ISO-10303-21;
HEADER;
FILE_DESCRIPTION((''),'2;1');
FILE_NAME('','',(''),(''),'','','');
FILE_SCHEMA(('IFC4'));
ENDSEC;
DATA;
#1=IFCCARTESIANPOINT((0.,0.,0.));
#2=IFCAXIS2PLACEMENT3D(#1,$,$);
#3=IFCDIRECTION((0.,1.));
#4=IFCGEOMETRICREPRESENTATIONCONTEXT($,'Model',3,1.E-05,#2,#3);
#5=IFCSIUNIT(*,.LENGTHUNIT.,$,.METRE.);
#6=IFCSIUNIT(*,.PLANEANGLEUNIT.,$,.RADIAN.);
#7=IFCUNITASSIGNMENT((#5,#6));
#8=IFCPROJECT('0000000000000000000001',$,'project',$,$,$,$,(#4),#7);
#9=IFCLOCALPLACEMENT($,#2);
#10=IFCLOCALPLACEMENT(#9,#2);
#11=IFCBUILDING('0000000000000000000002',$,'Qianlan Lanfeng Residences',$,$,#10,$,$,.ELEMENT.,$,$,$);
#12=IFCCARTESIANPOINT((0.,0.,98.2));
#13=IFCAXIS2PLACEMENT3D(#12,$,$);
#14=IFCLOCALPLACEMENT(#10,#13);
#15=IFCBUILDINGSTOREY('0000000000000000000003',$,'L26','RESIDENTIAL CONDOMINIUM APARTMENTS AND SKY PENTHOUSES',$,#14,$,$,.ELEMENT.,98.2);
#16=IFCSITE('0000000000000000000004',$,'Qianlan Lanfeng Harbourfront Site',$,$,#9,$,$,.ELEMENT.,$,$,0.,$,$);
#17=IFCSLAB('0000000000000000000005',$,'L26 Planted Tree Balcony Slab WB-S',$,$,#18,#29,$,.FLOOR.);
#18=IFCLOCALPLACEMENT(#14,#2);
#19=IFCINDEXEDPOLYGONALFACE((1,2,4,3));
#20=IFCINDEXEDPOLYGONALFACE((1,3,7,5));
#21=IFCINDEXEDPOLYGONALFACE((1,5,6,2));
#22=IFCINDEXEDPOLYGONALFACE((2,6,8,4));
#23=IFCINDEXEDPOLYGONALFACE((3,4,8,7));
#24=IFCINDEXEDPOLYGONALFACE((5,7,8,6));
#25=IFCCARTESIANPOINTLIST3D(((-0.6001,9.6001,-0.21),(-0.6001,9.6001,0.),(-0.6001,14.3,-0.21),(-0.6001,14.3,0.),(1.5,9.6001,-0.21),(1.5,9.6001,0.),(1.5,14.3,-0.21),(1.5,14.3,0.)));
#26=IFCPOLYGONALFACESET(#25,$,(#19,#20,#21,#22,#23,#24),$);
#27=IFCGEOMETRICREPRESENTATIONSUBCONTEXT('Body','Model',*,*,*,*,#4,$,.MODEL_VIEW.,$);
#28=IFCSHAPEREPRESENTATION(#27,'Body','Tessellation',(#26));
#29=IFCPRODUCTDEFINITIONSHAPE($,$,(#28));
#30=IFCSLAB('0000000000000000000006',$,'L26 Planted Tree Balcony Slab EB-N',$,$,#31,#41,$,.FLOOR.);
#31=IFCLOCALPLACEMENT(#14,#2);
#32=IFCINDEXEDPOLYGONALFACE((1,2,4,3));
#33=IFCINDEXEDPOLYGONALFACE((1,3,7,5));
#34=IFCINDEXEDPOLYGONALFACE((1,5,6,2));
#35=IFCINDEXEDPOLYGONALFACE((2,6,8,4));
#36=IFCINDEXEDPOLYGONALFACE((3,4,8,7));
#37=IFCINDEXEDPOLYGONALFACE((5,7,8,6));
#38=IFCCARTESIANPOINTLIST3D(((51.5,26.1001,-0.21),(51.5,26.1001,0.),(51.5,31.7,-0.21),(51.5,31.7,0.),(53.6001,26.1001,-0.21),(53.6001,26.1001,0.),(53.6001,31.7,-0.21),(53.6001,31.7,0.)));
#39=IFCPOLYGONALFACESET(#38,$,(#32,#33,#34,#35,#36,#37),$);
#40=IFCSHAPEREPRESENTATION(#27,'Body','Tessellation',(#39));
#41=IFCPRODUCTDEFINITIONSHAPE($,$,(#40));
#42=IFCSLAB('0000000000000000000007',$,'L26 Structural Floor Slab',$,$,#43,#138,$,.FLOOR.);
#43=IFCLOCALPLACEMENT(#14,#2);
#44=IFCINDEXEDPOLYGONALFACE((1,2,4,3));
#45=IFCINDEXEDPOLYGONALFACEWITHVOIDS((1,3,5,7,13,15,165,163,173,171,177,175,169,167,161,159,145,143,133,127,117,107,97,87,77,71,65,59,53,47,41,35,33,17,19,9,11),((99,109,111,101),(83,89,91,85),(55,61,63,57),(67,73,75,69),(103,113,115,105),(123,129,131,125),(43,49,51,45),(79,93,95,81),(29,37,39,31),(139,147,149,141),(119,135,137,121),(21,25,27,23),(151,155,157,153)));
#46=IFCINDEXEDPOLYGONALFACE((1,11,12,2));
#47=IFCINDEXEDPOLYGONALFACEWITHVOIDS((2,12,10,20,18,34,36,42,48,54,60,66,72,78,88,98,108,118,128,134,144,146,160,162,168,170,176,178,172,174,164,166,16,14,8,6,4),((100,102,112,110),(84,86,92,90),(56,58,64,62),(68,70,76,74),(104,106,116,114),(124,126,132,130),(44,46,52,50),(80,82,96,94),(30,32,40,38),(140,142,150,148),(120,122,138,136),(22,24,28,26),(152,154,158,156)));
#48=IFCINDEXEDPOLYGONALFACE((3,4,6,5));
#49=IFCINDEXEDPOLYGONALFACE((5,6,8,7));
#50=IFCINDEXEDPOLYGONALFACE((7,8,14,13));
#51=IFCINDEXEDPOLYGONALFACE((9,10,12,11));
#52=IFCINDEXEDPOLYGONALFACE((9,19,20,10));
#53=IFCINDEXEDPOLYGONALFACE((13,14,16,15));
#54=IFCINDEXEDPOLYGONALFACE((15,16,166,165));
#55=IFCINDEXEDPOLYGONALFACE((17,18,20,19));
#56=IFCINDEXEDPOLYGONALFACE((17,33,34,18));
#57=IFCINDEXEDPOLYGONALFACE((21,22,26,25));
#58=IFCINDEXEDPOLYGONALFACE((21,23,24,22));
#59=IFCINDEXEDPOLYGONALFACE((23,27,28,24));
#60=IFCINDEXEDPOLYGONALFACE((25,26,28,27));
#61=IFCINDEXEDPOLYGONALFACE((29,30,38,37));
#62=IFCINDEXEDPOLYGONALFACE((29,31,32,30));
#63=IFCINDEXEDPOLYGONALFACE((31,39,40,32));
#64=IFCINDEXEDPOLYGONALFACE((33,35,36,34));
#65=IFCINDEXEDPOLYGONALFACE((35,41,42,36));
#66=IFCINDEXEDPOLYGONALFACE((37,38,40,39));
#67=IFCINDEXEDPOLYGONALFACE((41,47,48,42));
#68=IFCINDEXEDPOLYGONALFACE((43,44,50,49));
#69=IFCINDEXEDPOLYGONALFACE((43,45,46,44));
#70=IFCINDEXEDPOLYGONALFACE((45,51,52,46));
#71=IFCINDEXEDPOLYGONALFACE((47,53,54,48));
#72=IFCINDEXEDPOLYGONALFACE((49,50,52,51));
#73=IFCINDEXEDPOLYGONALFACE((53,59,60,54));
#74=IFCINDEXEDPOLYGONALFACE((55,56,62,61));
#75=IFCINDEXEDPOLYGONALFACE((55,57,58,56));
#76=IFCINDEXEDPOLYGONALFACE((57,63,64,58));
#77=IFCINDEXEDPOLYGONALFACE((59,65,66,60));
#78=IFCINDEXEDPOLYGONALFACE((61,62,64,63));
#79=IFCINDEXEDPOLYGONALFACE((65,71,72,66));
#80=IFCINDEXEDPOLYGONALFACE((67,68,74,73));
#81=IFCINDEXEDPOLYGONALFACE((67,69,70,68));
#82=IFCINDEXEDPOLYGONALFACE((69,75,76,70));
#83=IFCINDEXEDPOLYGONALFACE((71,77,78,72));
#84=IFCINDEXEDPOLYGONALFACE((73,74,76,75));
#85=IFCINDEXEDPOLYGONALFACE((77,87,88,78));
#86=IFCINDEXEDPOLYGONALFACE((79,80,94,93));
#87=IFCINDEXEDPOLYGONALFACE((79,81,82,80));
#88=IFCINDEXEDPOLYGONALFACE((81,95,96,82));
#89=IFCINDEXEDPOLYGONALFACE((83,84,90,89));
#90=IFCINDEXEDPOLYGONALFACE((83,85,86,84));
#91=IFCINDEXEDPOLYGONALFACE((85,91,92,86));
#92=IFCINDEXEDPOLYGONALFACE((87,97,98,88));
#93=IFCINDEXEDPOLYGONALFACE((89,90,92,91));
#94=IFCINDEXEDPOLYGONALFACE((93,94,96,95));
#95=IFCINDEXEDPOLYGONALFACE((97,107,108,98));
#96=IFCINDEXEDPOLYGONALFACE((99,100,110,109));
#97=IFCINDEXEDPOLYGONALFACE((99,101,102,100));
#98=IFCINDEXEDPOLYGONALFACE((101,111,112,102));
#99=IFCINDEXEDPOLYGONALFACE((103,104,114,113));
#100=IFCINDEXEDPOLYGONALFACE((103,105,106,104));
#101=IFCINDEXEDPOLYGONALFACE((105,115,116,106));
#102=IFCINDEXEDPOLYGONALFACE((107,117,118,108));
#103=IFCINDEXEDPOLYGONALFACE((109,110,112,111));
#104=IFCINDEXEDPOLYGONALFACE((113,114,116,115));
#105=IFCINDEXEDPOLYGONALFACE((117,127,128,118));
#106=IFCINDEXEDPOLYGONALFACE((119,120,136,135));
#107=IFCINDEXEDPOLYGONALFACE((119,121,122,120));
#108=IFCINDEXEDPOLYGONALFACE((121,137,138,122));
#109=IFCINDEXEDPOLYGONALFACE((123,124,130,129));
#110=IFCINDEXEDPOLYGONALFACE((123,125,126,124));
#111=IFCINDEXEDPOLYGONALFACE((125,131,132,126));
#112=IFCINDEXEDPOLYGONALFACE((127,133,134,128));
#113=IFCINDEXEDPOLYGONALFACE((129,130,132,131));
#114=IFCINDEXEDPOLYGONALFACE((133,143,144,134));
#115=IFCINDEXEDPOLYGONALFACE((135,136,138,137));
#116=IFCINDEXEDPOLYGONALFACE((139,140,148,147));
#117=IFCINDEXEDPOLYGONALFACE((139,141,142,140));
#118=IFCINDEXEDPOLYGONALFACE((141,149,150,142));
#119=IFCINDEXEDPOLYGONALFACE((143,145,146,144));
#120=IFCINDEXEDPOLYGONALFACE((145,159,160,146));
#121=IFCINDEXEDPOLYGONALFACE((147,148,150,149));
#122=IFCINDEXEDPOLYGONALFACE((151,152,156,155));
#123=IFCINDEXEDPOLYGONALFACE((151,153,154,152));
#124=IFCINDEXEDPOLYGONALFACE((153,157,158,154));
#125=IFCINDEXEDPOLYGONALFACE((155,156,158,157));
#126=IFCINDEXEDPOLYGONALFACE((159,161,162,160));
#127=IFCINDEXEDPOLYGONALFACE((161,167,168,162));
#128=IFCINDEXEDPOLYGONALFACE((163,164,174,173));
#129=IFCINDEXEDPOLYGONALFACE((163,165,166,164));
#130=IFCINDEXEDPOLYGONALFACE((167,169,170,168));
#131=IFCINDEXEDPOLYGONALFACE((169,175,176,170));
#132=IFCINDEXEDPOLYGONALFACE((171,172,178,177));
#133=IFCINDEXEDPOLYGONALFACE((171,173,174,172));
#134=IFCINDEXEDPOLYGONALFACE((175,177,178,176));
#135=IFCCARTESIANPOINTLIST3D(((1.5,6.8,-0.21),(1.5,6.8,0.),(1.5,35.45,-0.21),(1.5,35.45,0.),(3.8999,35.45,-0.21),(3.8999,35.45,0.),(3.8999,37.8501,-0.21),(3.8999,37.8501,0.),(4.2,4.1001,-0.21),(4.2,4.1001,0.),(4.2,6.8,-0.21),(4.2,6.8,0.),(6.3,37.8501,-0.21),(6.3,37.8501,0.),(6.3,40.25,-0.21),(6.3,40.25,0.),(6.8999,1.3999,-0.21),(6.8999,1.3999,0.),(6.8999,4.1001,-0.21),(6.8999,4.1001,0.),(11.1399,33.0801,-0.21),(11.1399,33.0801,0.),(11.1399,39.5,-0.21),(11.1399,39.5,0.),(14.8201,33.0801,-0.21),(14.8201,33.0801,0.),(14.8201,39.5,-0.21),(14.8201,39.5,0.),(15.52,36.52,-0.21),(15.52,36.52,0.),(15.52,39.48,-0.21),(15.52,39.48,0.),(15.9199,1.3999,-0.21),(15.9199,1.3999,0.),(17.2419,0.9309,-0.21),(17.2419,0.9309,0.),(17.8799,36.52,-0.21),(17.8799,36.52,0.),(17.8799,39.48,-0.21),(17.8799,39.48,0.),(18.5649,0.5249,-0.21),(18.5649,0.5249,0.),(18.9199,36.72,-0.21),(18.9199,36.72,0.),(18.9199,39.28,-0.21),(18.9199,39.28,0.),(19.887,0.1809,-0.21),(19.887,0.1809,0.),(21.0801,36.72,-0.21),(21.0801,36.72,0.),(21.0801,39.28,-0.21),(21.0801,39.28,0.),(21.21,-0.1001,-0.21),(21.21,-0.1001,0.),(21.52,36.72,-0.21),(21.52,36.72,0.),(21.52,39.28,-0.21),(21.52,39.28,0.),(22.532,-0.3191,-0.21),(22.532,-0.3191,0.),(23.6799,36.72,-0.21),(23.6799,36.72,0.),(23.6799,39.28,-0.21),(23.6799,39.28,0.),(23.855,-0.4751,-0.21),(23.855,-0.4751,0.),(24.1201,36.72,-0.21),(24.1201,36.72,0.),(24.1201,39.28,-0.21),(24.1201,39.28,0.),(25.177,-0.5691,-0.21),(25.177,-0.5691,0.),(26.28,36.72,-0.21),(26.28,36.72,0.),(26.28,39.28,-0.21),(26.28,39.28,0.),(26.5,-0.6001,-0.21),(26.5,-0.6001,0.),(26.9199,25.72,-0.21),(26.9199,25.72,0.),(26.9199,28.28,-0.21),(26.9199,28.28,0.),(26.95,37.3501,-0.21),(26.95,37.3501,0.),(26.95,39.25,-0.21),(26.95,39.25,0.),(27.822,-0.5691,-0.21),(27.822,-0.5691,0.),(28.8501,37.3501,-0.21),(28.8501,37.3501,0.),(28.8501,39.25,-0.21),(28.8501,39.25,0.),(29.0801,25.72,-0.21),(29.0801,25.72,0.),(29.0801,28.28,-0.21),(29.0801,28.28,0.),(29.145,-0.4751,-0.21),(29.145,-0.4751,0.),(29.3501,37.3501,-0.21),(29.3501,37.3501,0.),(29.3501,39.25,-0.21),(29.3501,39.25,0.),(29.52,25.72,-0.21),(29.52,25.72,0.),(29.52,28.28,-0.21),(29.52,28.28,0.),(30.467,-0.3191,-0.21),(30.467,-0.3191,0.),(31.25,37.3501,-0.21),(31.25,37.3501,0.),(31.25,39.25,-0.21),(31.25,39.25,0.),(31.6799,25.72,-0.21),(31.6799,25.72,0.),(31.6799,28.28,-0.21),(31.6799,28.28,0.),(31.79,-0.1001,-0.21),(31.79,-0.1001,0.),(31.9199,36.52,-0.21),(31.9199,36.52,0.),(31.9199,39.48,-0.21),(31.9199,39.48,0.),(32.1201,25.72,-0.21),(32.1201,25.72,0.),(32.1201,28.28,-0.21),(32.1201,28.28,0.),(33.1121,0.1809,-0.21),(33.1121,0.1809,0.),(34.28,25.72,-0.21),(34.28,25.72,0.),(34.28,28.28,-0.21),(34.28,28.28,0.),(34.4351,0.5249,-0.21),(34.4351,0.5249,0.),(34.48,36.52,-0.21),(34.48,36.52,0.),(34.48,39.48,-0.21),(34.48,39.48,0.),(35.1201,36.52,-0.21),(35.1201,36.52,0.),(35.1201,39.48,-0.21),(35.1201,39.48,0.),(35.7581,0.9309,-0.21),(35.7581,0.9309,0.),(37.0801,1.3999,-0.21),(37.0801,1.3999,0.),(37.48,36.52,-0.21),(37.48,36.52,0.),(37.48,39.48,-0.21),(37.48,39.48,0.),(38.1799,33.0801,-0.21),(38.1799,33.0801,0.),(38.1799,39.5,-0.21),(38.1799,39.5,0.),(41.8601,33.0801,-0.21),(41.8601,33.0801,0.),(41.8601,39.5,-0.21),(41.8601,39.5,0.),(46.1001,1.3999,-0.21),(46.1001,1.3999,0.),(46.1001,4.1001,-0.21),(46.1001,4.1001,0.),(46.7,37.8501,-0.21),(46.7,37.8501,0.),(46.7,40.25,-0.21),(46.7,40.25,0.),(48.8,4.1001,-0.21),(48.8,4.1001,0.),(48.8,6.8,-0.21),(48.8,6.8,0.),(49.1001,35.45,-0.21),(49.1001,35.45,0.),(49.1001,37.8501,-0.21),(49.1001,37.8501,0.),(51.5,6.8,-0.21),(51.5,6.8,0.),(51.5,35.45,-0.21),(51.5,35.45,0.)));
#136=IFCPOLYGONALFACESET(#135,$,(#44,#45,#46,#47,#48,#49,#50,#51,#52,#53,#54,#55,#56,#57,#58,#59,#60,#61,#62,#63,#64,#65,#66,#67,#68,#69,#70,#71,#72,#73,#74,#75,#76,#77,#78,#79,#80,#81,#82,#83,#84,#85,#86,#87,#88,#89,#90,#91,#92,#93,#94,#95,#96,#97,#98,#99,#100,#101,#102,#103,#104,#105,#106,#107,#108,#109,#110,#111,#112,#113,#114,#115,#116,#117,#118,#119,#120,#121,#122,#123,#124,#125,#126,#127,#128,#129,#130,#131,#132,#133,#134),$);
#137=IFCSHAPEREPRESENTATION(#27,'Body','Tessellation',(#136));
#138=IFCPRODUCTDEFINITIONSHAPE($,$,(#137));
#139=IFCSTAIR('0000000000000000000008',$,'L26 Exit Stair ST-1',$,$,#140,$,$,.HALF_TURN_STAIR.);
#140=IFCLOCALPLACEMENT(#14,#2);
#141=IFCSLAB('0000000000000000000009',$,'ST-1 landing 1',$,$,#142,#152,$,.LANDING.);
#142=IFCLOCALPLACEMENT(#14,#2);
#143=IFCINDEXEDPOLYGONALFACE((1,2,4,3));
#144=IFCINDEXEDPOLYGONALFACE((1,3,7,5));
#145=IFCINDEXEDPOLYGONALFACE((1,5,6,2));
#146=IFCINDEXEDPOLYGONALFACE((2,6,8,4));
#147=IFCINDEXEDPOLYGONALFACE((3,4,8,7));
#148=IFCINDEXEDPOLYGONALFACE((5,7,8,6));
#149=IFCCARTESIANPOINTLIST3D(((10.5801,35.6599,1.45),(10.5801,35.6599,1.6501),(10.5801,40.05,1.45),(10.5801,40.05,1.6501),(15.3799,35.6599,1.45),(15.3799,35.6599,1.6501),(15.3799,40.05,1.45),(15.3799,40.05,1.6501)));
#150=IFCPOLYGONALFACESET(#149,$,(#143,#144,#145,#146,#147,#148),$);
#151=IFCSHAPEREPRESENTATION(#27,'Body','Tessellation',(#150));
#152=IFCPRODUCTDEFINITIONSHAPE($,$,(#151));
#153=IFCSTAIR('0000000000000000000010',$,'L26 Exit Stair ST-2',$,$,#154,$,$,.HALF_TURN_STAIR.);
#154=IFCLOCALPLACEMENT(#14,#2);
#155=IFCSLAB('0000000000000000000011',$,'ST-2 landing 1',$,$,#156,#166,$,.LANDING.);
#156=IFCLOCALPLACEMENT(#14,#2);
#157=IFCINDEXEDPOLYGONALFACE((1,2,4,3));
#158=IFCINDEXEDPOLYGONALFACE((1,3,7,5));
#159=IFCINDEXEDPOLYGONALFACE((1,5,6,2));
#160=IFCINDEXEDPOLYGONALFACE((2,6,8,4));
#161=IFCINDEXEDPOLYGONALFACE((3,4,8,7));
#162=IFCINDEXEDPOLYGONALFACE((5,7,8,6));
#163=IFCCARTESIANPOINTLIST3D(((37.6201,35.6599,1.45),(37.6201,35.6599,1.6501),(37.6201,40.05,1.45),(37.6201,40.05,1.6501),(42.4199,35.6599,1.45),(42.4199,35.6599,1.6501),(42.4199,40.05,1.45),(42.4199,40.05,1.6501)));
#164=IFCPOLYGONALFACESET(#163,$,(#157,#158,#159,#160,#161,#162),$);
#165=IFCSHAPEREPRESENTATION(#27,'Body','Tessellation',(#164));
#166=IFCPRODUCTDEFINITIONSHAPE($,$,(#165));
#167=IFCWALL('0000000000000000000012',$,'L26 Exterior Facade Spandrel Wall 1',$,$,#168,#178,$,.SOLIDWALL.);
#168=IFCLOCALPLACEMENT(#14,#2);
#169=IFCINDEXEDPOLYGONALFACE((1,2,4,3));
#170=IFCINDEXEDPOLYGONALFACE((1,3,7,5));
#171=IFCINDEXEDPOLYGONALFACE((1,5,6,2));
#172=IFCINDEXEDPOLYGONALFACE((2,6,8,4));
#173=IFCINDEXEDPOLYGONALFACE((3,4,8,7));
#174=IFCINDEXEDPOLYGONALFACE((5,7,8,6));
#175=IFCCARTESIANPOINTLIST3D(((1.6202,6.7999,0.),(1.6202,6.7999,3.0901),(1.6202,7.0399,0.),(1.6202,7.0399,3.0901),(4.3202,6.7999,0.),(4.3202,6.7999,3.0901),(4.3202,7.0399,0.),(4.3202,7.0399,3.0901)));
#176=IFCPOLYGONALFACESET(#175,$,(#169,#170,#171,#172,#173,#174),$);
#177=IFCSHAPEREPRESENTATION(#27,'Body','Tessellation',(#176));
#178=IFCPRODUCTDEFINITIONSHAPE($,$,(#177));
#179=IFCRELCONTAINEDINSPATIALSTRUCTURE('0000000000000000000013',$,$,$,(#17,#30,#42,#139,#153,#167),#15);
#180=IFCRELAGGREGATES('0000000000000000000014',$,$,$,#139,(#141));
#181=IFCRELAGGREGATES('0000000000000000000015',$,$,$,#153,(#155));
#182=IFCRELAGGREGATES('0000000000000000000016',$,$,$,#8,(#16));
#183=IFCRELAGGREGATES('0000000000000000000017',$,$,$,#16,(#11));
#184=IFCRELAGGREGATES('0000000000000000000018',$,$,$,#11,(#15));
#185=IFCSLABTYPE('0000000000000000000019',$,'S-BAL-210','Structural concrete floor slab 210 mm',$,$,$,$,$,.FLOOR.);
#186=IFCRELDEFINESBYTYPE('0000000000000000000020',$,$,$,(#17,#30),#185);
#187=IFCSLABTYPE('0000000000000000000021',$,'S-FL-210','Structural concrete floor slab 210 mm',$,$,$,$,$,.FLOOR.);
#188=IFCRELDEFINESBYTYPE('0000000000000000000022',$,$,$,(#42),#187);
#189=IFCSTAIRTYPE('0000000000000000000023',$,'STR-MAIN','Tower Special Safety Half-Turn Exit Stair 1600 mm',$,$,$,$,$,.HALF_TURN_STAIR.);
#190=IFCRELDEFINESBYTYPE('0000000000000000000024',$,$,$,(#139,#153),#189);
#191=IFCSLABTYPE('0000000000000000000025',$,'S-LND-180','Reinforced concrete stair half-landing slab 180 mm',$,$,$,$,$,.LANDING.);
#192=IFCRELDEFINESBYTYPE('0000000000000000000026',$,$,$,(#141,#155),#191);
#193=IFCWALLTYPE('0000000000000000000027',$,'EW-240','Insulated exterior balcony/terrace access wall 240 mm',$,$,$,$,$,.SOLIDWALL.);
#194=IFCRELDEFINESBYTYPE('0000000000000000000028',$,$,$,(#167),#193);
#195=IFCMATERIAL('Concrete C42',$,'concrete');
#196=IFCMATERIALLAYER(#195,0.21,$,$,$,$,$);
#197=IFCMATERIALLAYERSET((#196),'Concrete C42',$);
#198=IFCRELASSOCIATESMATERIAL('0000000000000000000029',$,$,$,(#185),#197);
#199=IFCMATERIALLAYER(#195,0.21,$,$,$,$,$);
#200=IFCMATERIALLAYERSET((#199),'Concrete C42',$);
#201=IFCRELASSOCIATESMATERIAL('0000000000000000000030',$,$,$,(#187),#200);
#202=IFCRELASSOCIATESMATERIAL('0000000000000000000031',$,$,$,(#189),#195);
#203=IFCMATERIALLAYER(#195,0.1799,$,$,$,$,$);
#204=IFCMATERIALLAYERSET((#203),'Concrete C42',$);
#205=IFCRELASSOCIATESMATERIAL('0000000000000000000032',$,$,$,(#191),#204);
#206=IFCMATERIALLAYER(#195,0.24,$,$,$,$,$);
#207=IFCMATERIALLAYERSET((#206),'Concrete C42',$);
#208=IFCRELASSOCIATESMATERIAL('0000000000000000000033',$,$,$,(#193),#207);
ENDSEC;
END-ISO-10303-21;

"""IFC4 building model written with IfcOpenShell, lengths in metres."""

from ifc_helpers import new_model, si_unit, direction, frame, frame_2d, origin, place, context, subcontext, project, spatial, polyline, rectangle, outline, extrude, material, layer, layer_set, type_object, element, aggregate, save


model = new_model("IFC4")

# Units and contexts
model_context = context("Model", 3, precision=1e-05, world=origin(), true_north=direction((0.0, 1.0)))
body_context = subcontext(model_context, "Body", "Model", "MODEL_VIEW")
ifc_project = project(units=[si_unit("LENGTHUNIT", "METRE"), si_unit("PLANEANGLEUNIT", "RADIAN")], contexts=[model_context])

# Site, building, storey
site_placement = place(None, origin())
site = spatial("IfcSite", under=ifc_project, at=site_placement, Name="Qianlan Lanfeng Harbourfront Site", CompositionType="ELEMENT", RefElevation=0.0)
building_placement = place(site_placement, origin())
building = spatial("IfcBuilding", under=site, at=building_placement, Name="Qianlan Lanfeng Residences", CompositionType="ELEMENT")
storey_placement = place(building_placement, frame((0.0, 0.0, 98.2)))
storey = spatial("IfcBuildingStorey", under=building, at=storey_placement, Name="L26", Description="RESIDENTIAL CONDOMINIUM APARTMENTS AND SKY PENTHOUSES", CompositionType="ELEMENT", Elevation=98.2)

# Slabs
ifc_material_1 = material(Name="Concrete C42", Category="concrete")
ifc_layer_1 = layer(ifc_material_1, 0.21)
ifc_layer_set_1 = layer_set([ifc_layer_1], Name="Concrete C42")
slab_type_1 = type_object("IfcSlabType", Name="S-BAL-210", Description="Structural concrete floor slab 210 mm", PredefinedType="FLOOR", material=ifc_layer_set_1)
slab_1_placement = place(storey_placement, frame((0.0, 0.0, -0.21)))
element("IfcSlab", 1, at=slab_1_placement, inside=storey, type_object=slab_type_1, Name="L26 Planted Tree Balcony Slab WB-S", PredefinedType="FLOOR", context=body_context, shape_type="SweptSolid", body=[
    extrude(outline(polyline([(1.5, 9.6001), (1.5, 14.3), (-0.6001, 14.3), (-0.6001, 9.6001), (1.5, 9.6001)])), origin(), (0.0, 0.0, 1.0), 0.21),
])
slab_2_placement = place(storey_placement, frame((0.0, 0.0, -0.21)))
element("IfcSlab", 2, at=slab_2_placement, inside=storey, type_object=slab_type_1, Name="L26 Planted Tree Balcony Slab EB-N", PredefinedType="FLOOR", context=body_context, shape_type="SweptSolid", body=[
    extrude(outline(polyline([(51.5, 31.7), (51.5, 26.1001), (53.6001, 26.1001), (53.6001, 31.7), (51.5, 31.7)])), origin(), (0.0, 0.0, 1.0), 0.21),
])
ifc_layer_2 = layer(ifc_material_1, 0.21)
ifc_layer_set_2 = layer_set([ifc_layer_2], Name="Concrete C42")
slab_type_2 = type_object("IfcSlabType", Name="S-FL-210", Description="Structural concrete floor slab 210 mm", PredefinedType="FLOOR", material=ifc_layer_set_2)
slab_3_placement = place(storey_placement, frame((0.0, 0.0, -0.21)))
element("IfcSlab", 3, at=slab_3_placement, inside=storey, type_object=slab_type_2, Name="L26 Structural Floor Slab", PredefinedType="FLOOR", context=body_context, shape_type="SweptSolid", body=[
    extrude(outline(polyline([(1.5, 6.8), (4.2, 6.8), (4.2, 4.1001), (6.8999, 4.1001), (6.8999, 1.3999), (15.9199, 1.3999), (17.2419, 0.9309), (18.5649, 0.5249), (19.887, 0.1809), (21.21, -0.1001), (22.532, -0.3191), (23.855, -0.4751), (25.177, -0.5691), (26.5, -0.6001), (27.822, -0.5691), (29.145, -0.4751), (30.467, -0.3191), (31.79, -0.1001), (33.1121, 0.1809), (34.4351, 0.5249), (35.7581, 0.9309), (37.0801, 1.3999), (46.1001, 1.3999), (46.1001, 4.1001), (48.8, 4.1001), (48.8, 6.8), (51.5, 6.8), (51.5, 35.45), (49.1001, 35.45), (49.1001, 37.8501), (46.7, 37.8501), (46.7, 40.25), (6.3, 40.25), (6.3, 37.8501), (3.8999, 37.8501), (3.8999, 35.45), (1.5, 35.45), (1.5, 6.8)]), holes=[polyline([(11.1399, 33.0801), (11.1399, 39.5), (14.8201, 39.5), (14.8201, 33.0801), (11.1399, 33.0801)]), polyline([(38.1799, 33.0801), (38.1799, 39.5), (41.8601, 39.5), (41.8601, 33.0801), (38.1799, 33.0801)]), polyline([(15.52, 36.52), (15.52, 39.48), (17.8799, 39.48), (17.8799, 36.52), (15.52, 36.52)]), polyline([(35.1201, 36.52), (35.1201, 39.48), (37.48, 39.48), (37.48, 36.52), (35.1201, 36.52)]), polyline([(31.9199, 36.52), (31.9199, 39.48), (34.48, 39.48), (34.48, 36.52), (31.9199, 36.52)]), polyline([(26.9199, 25.72), (26.9199, 28.28), (29.0801, 28.28), (29.0801, 25.72), (26.9199, 25.72)]), polyline([(29.52, 25.72), (29.52, 28.28), (31.6799, 28.28), (31.6799, 25.72), (29.52, 25.72)]), polyline([(32.1201, 25.72), (32.1201, 28.28), (34.28, 28.28), (34.28, 25.72), (32.1201, 25.72)]), polyline([(18.9199, 36.72), (18.9199, 39.28), (21.0801, 39.28), (21.0801, 36.72), (18.9199, 36.72)]), polyline([(21.52, 36.72), (21.52, 39.28), (23.6799, 39.28), (23.6799, 36.72), (21.52, 36.72)]), polyline([(24.1201, 36.72), (24.1201, 39.28), (26.28, 39.28), (26.28, 36.72), (24.1201, 36.72)]), polyline([(26.95, 37.3501), (26.95, 39.25), (28.8501, 39.25), (28.8501, 37.3501), (26.95, 37.3501)]), polyline([(29.3501, 37.3501), (29.3501, 39.25), (31.25, 39.25), (31.25, 37.3501), (29.3501, 37.3501)])]), origin(), (0.0, 0.0, 1.0), 0.21),
])

# Stairs, slabs
stair_type = type_object("IfcStairType", Name="STR-MAIN", Description="Tower Special Safety Half-Turn Exit Stair 1600 mm", PredefinedType="HALF_TURN_STAIR", material=ifc_material_1)
stair_1_placement = place(storey_placement, origin())
stair_1 = element("IfcStair", 4, at=stair_1_placement, inside=storey, type_object=stair_type, Name="L26 Exit Stair ST-1", PredefinedType="HALF_TURN_STAIR")
ifc_layer_3 = layer(ifc_material_1, 0.1799)
ifc_layer_set_3 = layer_set([ifc_layer_3], Name="Concrete C42")
slab_type_3 = type_object("IfcSlabType", Name="S-LND-180", Description="Reinforced concrete stair half-landing slab 180 mm", PredefinedType="LANDING", material=ifc_layer_set_3)
slab_4_placement = place(storey_placement, frame((0.0, 0.0, 1.45)))
slab_4 = element("IfcSlab", 5, at=slab_4_placement, type_object=slab_type_3, Name="ST-1 landing 1", PredefinedType="LANDING", context=body_context, shape_type="SweptSolid", body=[
    extrude(outline(polyline([(10.5801, 35.6599), (15.3799, 35.6599), (15.3799, 40.05), (10.5801, 40.05), (10.5801, 35.6599)])), origin(), (0.0, 0.0, 1.0), 0.2002),
])
aggregate(stair_1, [slab_4])
stair_2_placement = place(storey_placement, origin())
stair_2 = element("IfcStair", 6, at=stair_2_placement, inside=storey, type_object=stair_type, Name="L26 Exit Stair ST-2", PredefinedType="HALF_TURN_STAIR")
slab_5_placement = place(storey_placement, frame((0.0, 0.0, 1.45)))
slab_5 = element("IfcSlab", 7, at=slab_5_placement, type_object=slab_type_3, Name="ST-2 landing 1", PredefinedType="LANDING", context=body_context, shape_type="SweptSolid", body=[
    extrude(outline(polyline([(37.6201, 35.6599), (42.4199, 35.6599), (42.4199, 40.05), (37.6201, 40.05), (37.6201, 35.6599)])), origin(), (0.0, 0.0, 1.0), 0.2002),
])
aggregate(stair_2, [slab_5])

# Wall
ifc_layer_4 = layer(ifc_material_1, 0.24)
ifc_layer_set_4 = layer_set([ifc_layer_4], Name="Concrete C42")
wall_type_1 = type_object("IfcWallType", Name="EW-240", Description="Insulated exterior balcony/terrace access wall 240 mm", PredefinedType="SOLIDWALL", material=ifc_layer_set_4)
wall_1_placement = place(storey_placement, frame((1.6201, 6.9199, 0.0), z_axis=(0.0, 0.0, 1.0), x_axis=(1.0, 0.0, 0.0)))
element("IfcWall", 8, at=wall_1_placement, inside=storey, type_object=wall_type_1, Name="L26 Exterior Facade Spandrel Wall 1", PredefinedType="SOLIDWALL", context=body_context, shape_type="SweptSolid", body=[
    extrude(rectangle(XDim=2.7, YDim=0.24, at=frame_2d((1.3501, 0.0))), origin(), (0.0, 0.0, 1.0), 3.0901),
])

save(model, "model.ifc")
